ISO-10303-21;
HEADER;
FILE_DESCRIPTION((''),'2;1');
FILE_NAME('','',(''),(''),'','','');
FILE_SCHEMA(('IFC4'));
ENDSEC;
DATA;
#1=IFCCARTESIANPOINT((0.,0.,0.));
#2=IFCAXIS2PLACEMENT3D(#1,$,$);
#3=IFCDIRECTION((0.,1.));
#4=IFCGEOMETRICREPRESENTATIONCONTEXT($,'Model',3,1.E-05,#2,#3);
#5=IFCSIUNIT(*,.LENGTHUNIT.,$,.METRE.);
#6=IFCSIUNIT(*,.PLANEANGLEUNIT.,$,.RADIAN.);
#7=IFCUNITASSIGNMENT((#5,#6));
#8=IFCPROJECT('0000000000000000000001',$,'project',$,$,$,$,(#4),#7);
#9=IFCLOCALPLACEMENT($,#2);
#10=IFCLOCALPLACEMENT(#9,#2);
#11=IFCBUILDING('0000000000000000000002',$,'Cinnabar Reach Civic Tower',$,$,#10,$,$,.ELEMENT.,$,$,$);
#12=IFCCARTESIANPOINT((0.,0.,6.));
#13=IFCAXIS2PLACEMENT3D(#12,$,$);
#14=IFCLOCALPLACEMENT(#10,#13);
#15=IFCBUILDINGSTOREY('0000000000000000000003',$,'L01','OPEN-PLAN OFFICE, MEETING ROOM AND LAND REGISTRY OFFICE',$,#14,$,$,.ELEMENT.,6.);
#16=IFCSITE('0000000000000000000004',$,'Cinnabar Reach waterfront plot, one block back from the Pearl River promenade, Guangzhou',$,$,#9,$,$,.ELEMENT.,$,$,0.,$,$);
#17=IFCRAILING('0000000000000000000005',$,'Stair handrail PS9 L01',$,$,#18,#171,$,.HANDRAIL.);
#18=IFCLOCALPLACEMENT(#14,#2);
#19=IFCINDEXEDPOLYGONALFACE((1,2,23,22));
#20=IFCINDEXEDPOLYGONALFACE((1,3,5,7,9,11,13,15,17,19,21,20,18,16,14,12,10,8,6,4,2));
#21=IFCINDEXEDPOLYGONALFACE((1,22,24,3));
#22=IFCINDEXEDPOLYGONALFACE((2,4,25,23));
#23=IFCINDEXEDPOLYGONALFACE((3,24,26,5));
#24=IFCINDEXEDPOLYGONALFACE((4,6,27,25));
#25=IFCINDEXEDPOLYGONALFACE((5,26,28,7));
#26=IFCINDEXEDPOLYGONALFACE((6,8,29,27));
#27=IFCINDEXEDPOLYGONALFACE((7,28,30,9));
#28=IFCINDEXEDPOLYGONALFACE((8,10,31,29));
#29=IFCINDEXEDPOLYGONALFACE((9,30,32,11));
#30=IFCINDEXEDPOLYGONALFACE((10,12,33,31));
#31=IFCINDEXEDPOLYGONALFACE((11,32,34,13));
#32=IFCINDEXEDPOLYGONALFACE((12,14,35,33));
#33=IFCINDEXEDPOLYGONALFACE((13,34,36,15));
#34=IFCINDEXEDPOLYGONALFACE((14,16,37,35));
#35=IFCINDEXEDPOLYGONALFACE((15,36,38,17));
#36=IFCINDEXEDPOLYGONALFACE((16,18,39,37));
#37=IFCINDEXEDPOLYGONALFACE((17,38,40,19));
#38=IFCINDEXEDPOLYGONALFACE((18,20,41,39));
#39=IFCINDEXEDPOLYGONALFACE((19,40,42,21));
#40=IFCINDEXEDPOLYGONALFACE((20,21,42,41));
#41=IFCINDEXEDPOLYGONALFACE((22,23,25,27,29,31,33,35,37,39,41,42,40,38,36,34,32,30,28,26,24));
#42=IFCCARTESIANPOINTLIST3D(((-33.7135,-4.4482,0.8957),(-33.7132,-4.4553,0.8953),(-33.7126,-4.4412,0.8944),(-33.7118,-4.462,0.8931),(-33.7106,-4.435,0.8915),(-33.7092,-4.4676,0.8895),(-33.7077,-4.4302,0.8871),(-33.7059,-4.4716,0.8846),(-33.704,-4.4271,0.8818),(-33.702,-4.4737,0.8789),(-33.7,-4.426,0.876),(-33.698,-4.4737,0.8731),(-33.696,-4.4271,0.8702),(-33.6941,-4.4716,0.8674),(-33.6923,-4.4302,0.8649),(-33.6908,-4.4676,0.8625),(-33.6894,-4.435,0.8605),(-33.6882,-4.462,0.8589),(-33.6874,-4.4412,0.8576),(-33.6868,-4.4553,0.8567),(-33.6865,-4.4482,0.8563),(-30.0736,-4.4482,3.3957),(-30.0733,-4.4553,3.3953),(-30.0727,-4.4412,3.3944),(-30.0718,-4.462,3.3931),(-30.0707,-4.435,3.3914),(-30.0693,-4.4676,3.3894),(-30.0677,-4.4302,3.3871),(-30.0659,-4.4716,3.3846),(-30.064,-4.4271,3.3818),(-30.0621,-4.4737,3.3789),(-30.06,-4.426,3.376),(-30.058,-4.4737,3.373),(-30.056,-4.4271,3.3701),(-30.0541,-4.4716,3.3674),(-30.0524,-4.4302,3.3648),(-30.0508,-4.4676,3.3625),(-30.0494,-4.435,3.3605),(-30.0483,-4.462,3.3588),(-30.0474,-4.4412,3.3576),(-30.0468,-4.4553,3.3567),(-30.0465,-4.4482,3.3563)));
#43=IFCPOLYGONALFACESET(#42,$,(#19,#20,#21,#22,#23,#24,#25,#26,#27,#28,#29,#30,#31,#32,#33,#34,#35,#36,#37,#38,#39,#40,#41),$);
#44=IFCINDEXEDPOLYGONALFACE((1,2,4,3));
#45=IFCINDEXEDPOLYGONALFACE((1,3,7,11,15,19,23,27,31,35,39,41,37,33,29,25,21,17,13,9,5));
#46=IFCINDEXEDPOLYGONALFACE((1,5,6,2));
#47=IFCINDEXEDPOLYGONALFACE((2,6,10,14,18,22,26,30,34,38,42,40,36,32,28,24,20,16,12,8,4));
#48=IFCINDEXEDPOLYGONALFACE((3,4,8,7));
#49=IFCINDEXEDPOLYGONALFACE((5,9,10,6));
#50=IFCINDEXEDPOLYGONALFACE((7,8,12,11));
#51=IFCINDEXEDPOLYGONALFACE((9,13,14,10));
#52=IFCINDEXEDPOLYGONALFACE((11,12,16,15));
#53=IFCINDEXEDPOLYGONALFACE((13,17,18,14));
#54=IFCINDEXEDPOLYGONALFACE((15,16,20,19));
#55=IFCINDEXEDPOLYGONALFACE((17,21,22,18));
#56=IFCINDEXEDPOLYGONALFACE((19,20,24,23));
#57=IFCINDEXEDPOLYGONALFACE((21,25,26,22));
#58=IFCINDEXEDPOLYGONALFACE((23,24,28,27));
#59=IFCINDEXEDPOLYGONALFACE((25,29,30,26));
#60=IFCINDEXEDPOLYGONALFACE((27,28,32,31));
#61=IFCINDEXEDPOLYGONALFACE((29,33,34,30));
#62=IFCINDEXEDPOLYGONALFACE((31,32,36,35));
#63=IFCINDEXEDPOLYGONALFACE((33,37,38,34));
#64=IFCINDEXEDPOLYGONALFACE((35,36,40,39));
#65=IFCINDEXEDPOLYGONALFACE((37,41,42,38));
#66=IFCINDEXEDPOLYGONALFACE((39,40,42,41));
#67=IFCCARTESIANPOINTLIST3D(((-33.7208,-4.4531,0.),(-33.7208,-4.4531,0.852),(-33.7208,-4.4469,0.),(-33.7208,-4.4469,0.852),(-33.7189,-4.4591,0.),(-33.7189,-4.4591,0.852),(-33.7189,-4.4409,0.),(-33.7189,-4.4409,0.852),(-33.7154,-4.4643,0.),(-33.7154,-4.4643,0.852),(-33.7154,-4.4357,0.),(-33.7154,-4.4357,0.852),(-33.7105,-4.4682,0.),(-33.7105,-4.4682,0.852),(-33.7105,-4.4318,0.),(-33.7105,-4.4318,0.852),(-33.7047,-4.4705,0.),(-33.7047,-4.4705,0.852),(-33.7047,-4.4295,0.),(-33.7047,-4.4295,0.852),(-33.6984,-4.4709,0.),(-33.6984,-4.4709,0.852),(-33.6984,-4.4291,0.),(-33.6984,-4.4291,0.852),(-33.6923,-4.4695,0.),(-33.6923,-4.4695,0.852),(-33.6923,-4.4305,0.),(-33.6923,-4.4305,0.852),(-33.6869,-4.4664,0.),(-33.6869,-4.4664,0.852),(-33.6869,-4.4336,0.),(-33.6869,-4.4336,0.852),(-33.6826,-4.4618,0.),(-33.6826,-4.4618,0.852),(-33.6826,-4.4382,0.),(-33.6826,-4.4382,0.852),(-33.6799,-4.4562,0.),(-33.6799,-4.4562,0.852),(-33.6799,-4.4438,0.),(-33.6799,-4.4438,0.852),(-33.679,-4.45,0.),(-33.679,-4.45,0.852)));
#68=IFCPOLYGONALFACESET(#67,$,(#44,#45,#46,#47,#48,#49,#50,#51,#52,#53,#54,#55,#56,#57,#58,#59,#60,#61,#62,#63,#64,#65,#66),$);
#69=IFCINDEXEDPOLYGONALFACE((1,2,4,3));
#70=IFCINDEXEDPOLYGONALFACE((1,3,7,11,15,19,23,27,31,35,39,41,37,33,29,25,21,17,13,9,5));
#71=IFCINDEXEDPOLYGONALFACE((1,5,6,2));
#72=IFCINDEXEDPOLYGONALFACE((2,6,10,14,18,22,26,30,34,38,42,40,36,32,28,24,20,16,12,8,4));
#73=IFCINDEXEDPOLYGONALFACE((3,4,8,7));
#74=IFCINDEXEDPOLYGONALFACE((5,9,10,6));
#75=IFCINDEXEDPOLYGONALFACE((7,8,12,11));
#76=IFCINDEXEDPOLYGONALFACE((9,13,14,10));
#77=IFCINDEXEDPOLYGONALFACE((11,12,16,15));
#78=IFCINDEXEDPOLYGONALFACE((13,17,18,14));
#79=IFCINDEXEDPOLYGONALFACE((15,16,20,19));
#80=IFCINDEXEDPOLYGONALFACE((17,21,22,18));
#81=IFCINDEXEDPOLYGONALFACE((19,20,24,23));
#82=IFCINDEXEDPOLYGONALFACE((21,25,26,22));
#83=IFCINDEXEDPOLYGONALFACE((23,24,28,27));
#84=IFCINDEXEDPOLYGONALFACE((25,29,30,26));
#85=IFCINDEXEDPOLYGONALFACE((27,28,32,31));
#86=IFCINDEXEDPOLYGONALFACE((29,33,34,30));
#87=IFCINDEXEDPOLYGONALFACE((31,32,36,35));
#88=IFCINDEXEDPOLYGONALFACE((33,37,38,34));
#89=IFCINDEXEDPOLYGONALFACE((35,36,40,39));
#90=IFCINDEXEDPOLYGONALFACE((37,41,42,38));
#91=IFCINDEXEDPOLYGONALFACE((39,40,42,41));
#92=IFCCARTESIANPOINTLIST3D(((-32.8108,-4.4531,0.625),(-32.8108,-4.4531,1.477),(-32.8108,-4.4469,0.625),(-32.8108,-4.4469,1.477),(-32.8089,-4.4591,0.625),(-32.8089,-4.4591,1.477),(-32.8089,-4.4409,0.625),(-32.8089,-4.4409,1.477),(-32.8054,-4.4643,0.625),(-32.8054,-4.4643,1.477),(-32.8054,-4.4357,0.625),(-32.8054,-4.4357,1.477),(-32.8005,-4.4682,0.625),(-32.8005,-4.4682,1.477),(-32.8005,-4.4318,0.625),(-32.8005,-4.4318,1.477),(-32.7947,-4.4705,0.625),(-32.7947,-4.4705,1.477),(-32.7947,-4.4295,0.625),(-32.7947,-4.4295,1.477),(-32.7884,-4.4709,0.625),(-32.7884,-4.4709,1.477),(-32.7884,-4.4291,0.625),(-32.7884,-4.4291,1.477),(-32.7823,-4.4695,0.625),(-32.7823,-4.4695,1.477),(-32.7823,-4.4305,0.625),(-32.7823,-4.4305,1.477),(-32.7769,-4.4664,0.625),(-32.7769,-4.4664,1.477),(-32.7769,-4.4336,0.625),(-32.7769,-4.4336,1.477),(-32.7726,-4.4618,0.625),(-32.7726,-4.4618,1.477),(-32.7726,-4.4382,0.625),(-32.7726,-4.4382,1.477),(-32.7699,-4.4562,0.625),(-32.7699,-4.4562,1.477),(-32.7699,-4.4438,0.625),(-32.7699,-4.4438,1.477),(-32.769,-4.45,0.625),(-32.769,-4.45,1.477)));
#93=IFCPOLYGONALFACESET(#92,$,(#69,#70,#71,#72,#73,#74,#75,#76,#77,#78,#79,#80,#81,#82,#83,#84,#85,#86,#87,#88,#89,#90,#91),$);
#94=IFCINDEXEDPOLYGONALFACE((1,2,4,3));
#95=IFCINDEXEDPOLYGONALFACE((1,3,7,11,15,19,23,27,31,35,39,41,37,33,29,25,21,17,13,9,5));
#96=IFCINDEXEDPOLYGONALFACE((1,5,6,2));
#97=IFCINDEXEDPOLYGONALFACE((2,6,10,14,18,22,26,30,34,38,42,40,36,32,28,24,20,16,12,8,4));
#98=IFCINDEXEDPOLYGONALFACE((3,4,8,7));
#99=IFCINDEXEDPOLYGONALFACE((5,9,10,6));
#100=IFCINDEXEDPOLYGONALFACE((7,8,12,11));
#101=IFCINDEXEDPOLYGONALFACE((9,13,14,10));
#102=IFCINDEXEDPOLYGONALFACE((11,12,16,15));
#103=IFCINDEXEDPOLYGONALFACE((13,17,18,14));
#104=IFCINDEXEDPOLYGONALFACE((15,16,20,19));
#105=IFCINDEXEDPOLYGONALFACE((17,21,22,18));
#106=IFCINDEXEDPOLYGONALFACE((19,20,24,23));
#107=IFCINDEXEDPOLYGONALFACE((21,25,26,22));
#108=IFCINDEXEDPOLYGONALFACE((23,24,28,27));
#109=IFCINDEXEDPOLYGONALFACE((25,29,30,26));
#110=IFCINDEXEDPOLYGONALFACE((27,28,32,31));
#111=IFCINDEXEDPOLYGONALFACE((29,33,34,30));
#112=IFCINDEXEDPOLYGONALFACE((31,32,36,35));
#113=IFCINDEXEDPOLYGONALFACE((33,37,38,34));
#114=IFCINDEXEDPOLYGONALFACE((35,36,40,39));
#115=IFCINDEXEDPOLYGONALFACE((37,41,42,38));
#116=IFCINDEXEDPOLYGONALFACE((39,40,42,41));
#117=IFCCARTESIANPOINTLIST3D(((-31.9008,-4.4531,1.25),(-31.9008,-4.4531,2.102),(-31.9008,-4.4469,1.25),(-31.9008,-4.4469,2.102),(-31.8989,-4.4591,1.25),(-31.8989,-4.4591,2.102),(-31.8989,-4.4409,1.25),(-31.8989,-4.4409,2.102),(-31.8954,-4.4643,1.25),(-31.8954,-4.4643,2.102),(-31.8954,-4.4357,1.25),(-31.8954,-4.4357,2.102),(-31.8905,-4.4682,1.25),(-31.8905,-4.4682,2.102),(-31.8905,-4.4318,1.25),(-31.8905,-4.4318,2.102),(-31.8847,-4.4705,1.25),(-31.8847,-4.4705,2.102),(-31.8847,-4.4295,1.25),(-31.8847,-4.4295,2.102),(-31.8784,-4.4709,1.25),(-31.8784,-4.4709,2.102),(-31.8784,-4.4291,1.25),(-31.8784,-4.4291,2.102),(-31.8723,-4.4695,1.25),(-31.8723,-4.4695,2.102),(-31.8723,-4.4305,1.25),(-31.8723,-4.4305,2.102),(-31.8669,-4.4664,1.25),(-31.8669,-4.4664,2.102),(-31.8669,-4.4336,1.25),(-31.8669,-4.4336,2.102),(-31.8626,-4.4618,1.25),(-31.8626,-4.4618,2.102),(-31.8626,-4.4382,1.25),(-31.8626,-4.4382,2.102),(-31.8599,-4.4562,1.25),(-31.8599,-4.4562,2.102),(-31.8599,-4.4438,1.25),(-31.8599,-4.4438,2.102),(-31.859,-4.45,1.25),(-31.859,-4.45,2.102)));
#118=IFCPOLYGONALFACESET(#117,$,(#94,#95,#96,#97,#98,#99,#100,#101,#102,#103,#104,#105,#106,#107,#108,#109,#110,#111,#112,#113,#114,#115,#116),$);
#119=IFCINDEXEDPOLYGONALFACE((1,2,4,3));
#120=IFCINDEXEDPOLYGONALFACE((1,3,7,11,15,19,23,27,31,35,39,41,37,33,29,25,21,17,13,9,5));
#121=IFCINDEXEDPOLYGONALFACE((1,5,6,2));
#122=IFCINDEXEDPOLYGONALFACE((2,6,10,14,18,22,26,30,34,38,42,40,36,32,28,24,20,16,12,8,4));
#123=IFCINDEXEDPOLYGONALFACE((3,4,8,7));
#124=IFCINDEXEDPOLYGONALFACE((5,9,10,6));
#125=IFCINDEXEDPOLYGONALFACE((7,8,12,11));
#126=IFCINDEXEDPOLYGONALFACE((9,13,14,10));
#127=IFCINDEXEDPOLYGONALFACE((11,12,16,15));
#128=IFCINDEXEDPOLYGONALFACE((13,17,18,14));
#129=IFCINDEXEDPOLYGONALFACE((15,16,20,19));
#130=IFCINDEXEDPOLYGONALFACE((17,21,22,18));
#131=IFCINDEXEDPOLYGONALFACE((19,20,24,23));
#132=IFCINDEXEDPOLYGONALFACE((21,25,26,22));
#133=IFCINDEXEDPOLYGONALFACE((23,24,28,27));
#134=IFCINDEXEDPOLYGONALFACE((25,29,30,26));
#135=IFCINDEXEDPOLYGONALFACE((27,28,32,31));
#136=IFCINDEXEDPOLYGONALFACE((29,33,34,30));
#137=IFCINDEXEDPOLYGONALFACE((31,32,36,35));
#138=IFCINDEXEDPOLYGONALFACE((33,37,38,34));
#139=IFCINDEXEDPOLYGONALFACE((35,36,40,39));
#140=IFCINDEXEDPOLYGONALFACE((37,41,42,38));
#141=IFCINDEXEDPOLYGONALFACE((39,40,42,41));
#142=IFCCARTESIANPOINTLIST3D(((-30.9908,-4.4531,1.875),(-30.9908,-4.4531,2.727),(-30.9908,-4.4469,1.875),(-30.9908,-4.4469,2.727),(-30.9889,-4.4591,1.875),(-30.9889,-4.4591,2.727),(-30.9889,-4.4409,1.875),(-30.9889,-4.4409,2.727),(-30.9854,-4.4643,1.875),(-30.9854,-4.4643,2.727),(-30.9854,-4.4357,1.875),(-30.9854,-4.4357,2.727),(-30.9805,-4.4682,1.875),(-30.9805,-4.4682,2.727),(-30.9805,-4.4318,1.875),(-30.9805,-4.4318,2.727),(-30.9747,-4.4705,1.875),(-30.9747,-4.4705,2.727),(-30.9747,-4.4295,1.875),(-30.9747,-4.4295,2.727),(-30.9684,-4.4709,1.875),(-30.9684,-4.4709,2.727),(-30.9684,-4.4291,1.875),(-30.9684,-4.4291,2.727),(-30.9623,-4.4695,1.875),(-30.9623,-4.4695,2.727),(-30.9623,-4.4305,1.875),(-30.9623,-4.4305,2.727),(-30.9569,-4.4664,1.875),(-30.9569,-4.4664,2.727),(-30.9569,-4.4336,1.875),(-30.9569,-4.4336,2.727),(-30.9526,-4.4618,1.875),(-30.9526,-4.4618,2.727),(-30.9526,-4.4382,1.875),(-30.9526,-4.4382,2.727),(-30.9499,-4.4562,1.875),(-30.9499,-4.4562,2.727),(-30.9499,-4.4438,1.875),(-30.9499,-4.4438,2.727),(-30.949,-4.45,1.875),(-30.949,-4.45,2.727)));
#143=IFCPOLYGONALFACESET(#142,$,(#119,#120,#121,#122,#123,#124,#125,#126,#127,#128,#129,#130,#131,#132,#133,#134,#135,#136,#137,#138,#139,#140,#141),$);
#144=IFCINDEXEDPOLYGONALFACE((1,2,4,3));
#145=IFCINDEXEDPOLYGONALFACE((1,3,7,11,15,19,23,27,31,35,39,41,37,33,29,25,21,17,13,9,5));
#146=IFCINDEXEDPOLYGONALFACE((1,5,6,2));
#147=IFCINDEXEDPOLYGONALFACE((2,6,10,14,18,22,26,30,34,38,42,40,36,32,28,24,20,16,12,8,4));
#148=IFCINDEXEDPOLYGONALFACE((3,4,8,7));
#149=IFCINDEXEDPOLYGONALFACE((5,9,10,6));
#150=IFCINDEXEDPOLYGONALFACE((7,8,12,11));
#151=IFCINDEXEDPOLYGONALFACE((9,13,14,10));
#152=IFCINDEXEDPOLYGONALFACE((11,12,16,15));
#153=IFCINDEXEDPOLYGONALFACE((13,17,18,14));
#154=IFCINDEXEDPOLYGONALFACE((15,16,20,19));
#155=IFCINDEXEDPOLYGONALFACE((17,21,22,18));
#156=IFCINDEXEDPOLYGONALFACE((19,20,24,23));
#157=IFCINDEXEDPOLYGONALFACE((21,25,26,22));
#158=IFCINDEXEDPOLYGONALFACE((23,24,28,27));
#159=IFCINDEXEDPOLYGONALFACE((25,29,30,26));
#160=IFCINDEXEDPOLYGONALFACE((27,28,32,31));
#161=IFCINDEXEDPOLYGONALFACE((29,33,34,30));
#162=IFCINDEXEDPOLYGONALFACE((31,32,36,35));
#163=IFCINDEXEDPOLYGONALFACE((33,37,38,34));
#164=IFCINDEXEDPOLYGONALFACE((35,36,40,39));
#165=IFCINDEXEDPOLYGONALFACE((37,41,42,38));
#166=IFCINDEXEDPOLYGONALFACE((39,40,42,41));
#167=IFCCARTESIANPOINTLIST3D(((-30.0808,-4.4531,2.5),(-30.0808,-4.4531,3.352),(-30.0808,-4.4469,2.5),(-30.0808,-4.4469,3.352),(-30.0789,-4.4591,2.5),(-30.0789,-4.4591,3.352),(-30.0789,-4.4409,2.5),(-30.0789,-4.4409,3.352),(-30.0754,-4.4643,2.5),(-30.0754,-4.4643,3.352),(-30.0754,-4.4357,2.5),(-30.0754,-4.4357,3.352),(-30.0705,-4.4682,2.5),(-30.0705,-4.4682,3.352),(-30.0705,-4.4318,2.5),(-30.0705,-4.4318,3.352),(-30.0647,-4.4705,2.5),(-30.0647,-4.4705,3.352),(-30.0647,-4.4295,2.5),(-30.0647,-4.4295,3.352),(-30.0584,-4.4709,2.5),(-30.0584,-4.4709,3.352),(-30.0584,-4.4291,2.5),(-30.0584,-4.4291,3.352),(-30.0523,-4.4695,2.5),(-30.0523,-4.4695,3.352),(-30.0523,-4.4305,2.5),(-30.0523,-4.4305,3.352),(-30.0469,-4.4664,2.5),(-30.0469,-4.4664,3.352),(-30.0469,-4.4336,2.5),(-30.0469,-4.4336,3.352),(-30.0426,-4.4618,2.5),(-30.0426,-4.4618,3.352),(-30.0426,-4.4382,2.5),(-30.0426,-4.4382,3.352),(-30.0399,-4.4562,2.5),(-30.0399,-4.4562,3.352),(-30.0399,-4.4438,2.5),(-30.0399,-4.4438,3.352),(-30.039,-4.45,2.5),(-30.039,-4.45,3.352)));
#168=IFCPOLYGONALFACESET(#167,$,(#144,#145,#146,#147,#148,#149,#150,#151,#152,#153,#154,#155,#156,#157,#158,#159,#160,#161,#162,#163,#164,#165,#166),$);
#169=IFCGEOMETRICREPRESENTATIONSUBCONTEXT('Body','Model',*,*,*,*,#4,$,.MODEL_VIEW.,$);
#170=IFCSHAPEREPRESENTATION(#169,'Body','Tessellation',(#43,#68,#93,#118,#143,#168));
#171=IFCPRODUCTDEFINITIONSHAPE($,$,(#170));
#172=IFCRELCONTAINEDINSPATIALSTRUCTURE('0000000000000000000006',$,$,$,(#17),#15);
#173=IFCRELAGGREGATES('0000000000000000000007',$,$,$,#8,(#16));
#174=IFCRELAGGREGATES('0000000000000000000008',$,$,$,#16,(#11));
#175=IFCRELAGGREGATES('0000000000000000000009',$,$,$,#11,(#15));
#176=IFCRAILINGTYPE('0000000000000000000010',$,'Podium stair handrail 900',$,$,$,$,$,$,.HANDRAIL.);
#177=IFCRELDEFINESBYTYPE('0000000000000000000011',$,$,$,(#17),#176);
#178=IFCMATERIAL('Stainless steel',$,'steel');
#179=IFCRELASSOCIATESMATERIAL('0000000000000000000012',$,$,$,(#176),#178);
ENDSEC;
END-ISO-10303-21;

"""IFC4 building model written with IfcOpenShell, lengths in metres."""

from ifc_helpers import new_model, si_unit, direction, frame, origin, origin_2d, place, context, subcontext, project, spatial, circle, extrude, material, type_object, element, save


model = new_model("IFC4")

# Units and contexts
model_context = context("Model", 3, precision=1e-05, world=origin(), true_north=direction((0.0, 1.0)))
body_context = subcontext(model_context, "Body", "Model", "MODEL_VIEW")
ifc_project = project(units=[si_unit("LENGTHUNIT", "METRE"), si_unit("PLANEANGLEUNIT", "RADIAN")], contexts=[model_context])

# Site, building, storey
site_placement = place(None, origin())
site = spatial("IfcSite", under=ifc_project, at=site_placement, Name="Cinnabar Reach waterfront plot, one block back from the Pearl River promenade, Guangzhou", CompositionType="ELEMENT", RefElevation=0.0)
building_placement = place(site_placement, origin())
building = spatial("IfcBuilding", under=site, at=building_placement, Name="Cinnabar Reach Civic Tower", CompositionType="ELEMENT")
storey_placement = place(building_placement, frame((0.0, 0.0, 6.0)))
storey = spatial("IfcBuildingStorey", under=building, at=storey_placement, Name="L01", Description="OPEN-PLAN OFFICE, MEETING ROOM AND LAND REGISTRY OFFICE", CompositionType="ELEMENT", Elevation=6.0)

# Railing
ifc_material_1 = material(Name="Stainless steel", Category="steel")
railing_type_1 = type_object("IfcRailingType", Name="Podium stair handrail 900", PredefinedType="HANDRAIL", material=ifc_material_1)
railing_1_placement = place(storey_placement, frame((-33.7, -4.45, 0.0)))
element("IfcRailing", 1, at=railing_1_placement, inside=storey, type_object=railing_type_1, Name="Stair handrail PS9 L01", PredefinedType="HANDRAIL", context=body_context, shape_type="SweptSolid", body=[
    extrude(circle(Radius=0.024, at=origin_2d()), frame((0.0, 0.0, 0.876), z_axis=(0.824306, 0.0, 0.566144), x_axis=(0.0, 1.0, 0.0)), (0.0, 0.0, 1.0), 4.4158),
    extrude(circle(Radius=0.021, at=origin_2d()), origin(), (0.0, 0.0, 1.0), 0.852),
    extrude(circle(Radius=0.021, at=origin_2d()), frame((0.91, 0.0, 0.625)), (0.0, 0.0, 1.0), 0.852),
    extrude(circle(Radius=0.021, at=origin_2d()), frame((1.82, 0.0, 1.25)), (0.0, 0.0, 1.0), 0.852),
    extrude(circle(Radius=0.021, at=origin_2d()), frame((2.73, 0.0, 1.875)), (0.0, 0.0, 1.0), 0.852),
    extrude(circle(Radius=0.021, at=origin_2d()), frame((3.64, 0.0, 2.5)), (0.0, 0.0, 1.0), 0.852),
])

save(model, "model.ifc")
